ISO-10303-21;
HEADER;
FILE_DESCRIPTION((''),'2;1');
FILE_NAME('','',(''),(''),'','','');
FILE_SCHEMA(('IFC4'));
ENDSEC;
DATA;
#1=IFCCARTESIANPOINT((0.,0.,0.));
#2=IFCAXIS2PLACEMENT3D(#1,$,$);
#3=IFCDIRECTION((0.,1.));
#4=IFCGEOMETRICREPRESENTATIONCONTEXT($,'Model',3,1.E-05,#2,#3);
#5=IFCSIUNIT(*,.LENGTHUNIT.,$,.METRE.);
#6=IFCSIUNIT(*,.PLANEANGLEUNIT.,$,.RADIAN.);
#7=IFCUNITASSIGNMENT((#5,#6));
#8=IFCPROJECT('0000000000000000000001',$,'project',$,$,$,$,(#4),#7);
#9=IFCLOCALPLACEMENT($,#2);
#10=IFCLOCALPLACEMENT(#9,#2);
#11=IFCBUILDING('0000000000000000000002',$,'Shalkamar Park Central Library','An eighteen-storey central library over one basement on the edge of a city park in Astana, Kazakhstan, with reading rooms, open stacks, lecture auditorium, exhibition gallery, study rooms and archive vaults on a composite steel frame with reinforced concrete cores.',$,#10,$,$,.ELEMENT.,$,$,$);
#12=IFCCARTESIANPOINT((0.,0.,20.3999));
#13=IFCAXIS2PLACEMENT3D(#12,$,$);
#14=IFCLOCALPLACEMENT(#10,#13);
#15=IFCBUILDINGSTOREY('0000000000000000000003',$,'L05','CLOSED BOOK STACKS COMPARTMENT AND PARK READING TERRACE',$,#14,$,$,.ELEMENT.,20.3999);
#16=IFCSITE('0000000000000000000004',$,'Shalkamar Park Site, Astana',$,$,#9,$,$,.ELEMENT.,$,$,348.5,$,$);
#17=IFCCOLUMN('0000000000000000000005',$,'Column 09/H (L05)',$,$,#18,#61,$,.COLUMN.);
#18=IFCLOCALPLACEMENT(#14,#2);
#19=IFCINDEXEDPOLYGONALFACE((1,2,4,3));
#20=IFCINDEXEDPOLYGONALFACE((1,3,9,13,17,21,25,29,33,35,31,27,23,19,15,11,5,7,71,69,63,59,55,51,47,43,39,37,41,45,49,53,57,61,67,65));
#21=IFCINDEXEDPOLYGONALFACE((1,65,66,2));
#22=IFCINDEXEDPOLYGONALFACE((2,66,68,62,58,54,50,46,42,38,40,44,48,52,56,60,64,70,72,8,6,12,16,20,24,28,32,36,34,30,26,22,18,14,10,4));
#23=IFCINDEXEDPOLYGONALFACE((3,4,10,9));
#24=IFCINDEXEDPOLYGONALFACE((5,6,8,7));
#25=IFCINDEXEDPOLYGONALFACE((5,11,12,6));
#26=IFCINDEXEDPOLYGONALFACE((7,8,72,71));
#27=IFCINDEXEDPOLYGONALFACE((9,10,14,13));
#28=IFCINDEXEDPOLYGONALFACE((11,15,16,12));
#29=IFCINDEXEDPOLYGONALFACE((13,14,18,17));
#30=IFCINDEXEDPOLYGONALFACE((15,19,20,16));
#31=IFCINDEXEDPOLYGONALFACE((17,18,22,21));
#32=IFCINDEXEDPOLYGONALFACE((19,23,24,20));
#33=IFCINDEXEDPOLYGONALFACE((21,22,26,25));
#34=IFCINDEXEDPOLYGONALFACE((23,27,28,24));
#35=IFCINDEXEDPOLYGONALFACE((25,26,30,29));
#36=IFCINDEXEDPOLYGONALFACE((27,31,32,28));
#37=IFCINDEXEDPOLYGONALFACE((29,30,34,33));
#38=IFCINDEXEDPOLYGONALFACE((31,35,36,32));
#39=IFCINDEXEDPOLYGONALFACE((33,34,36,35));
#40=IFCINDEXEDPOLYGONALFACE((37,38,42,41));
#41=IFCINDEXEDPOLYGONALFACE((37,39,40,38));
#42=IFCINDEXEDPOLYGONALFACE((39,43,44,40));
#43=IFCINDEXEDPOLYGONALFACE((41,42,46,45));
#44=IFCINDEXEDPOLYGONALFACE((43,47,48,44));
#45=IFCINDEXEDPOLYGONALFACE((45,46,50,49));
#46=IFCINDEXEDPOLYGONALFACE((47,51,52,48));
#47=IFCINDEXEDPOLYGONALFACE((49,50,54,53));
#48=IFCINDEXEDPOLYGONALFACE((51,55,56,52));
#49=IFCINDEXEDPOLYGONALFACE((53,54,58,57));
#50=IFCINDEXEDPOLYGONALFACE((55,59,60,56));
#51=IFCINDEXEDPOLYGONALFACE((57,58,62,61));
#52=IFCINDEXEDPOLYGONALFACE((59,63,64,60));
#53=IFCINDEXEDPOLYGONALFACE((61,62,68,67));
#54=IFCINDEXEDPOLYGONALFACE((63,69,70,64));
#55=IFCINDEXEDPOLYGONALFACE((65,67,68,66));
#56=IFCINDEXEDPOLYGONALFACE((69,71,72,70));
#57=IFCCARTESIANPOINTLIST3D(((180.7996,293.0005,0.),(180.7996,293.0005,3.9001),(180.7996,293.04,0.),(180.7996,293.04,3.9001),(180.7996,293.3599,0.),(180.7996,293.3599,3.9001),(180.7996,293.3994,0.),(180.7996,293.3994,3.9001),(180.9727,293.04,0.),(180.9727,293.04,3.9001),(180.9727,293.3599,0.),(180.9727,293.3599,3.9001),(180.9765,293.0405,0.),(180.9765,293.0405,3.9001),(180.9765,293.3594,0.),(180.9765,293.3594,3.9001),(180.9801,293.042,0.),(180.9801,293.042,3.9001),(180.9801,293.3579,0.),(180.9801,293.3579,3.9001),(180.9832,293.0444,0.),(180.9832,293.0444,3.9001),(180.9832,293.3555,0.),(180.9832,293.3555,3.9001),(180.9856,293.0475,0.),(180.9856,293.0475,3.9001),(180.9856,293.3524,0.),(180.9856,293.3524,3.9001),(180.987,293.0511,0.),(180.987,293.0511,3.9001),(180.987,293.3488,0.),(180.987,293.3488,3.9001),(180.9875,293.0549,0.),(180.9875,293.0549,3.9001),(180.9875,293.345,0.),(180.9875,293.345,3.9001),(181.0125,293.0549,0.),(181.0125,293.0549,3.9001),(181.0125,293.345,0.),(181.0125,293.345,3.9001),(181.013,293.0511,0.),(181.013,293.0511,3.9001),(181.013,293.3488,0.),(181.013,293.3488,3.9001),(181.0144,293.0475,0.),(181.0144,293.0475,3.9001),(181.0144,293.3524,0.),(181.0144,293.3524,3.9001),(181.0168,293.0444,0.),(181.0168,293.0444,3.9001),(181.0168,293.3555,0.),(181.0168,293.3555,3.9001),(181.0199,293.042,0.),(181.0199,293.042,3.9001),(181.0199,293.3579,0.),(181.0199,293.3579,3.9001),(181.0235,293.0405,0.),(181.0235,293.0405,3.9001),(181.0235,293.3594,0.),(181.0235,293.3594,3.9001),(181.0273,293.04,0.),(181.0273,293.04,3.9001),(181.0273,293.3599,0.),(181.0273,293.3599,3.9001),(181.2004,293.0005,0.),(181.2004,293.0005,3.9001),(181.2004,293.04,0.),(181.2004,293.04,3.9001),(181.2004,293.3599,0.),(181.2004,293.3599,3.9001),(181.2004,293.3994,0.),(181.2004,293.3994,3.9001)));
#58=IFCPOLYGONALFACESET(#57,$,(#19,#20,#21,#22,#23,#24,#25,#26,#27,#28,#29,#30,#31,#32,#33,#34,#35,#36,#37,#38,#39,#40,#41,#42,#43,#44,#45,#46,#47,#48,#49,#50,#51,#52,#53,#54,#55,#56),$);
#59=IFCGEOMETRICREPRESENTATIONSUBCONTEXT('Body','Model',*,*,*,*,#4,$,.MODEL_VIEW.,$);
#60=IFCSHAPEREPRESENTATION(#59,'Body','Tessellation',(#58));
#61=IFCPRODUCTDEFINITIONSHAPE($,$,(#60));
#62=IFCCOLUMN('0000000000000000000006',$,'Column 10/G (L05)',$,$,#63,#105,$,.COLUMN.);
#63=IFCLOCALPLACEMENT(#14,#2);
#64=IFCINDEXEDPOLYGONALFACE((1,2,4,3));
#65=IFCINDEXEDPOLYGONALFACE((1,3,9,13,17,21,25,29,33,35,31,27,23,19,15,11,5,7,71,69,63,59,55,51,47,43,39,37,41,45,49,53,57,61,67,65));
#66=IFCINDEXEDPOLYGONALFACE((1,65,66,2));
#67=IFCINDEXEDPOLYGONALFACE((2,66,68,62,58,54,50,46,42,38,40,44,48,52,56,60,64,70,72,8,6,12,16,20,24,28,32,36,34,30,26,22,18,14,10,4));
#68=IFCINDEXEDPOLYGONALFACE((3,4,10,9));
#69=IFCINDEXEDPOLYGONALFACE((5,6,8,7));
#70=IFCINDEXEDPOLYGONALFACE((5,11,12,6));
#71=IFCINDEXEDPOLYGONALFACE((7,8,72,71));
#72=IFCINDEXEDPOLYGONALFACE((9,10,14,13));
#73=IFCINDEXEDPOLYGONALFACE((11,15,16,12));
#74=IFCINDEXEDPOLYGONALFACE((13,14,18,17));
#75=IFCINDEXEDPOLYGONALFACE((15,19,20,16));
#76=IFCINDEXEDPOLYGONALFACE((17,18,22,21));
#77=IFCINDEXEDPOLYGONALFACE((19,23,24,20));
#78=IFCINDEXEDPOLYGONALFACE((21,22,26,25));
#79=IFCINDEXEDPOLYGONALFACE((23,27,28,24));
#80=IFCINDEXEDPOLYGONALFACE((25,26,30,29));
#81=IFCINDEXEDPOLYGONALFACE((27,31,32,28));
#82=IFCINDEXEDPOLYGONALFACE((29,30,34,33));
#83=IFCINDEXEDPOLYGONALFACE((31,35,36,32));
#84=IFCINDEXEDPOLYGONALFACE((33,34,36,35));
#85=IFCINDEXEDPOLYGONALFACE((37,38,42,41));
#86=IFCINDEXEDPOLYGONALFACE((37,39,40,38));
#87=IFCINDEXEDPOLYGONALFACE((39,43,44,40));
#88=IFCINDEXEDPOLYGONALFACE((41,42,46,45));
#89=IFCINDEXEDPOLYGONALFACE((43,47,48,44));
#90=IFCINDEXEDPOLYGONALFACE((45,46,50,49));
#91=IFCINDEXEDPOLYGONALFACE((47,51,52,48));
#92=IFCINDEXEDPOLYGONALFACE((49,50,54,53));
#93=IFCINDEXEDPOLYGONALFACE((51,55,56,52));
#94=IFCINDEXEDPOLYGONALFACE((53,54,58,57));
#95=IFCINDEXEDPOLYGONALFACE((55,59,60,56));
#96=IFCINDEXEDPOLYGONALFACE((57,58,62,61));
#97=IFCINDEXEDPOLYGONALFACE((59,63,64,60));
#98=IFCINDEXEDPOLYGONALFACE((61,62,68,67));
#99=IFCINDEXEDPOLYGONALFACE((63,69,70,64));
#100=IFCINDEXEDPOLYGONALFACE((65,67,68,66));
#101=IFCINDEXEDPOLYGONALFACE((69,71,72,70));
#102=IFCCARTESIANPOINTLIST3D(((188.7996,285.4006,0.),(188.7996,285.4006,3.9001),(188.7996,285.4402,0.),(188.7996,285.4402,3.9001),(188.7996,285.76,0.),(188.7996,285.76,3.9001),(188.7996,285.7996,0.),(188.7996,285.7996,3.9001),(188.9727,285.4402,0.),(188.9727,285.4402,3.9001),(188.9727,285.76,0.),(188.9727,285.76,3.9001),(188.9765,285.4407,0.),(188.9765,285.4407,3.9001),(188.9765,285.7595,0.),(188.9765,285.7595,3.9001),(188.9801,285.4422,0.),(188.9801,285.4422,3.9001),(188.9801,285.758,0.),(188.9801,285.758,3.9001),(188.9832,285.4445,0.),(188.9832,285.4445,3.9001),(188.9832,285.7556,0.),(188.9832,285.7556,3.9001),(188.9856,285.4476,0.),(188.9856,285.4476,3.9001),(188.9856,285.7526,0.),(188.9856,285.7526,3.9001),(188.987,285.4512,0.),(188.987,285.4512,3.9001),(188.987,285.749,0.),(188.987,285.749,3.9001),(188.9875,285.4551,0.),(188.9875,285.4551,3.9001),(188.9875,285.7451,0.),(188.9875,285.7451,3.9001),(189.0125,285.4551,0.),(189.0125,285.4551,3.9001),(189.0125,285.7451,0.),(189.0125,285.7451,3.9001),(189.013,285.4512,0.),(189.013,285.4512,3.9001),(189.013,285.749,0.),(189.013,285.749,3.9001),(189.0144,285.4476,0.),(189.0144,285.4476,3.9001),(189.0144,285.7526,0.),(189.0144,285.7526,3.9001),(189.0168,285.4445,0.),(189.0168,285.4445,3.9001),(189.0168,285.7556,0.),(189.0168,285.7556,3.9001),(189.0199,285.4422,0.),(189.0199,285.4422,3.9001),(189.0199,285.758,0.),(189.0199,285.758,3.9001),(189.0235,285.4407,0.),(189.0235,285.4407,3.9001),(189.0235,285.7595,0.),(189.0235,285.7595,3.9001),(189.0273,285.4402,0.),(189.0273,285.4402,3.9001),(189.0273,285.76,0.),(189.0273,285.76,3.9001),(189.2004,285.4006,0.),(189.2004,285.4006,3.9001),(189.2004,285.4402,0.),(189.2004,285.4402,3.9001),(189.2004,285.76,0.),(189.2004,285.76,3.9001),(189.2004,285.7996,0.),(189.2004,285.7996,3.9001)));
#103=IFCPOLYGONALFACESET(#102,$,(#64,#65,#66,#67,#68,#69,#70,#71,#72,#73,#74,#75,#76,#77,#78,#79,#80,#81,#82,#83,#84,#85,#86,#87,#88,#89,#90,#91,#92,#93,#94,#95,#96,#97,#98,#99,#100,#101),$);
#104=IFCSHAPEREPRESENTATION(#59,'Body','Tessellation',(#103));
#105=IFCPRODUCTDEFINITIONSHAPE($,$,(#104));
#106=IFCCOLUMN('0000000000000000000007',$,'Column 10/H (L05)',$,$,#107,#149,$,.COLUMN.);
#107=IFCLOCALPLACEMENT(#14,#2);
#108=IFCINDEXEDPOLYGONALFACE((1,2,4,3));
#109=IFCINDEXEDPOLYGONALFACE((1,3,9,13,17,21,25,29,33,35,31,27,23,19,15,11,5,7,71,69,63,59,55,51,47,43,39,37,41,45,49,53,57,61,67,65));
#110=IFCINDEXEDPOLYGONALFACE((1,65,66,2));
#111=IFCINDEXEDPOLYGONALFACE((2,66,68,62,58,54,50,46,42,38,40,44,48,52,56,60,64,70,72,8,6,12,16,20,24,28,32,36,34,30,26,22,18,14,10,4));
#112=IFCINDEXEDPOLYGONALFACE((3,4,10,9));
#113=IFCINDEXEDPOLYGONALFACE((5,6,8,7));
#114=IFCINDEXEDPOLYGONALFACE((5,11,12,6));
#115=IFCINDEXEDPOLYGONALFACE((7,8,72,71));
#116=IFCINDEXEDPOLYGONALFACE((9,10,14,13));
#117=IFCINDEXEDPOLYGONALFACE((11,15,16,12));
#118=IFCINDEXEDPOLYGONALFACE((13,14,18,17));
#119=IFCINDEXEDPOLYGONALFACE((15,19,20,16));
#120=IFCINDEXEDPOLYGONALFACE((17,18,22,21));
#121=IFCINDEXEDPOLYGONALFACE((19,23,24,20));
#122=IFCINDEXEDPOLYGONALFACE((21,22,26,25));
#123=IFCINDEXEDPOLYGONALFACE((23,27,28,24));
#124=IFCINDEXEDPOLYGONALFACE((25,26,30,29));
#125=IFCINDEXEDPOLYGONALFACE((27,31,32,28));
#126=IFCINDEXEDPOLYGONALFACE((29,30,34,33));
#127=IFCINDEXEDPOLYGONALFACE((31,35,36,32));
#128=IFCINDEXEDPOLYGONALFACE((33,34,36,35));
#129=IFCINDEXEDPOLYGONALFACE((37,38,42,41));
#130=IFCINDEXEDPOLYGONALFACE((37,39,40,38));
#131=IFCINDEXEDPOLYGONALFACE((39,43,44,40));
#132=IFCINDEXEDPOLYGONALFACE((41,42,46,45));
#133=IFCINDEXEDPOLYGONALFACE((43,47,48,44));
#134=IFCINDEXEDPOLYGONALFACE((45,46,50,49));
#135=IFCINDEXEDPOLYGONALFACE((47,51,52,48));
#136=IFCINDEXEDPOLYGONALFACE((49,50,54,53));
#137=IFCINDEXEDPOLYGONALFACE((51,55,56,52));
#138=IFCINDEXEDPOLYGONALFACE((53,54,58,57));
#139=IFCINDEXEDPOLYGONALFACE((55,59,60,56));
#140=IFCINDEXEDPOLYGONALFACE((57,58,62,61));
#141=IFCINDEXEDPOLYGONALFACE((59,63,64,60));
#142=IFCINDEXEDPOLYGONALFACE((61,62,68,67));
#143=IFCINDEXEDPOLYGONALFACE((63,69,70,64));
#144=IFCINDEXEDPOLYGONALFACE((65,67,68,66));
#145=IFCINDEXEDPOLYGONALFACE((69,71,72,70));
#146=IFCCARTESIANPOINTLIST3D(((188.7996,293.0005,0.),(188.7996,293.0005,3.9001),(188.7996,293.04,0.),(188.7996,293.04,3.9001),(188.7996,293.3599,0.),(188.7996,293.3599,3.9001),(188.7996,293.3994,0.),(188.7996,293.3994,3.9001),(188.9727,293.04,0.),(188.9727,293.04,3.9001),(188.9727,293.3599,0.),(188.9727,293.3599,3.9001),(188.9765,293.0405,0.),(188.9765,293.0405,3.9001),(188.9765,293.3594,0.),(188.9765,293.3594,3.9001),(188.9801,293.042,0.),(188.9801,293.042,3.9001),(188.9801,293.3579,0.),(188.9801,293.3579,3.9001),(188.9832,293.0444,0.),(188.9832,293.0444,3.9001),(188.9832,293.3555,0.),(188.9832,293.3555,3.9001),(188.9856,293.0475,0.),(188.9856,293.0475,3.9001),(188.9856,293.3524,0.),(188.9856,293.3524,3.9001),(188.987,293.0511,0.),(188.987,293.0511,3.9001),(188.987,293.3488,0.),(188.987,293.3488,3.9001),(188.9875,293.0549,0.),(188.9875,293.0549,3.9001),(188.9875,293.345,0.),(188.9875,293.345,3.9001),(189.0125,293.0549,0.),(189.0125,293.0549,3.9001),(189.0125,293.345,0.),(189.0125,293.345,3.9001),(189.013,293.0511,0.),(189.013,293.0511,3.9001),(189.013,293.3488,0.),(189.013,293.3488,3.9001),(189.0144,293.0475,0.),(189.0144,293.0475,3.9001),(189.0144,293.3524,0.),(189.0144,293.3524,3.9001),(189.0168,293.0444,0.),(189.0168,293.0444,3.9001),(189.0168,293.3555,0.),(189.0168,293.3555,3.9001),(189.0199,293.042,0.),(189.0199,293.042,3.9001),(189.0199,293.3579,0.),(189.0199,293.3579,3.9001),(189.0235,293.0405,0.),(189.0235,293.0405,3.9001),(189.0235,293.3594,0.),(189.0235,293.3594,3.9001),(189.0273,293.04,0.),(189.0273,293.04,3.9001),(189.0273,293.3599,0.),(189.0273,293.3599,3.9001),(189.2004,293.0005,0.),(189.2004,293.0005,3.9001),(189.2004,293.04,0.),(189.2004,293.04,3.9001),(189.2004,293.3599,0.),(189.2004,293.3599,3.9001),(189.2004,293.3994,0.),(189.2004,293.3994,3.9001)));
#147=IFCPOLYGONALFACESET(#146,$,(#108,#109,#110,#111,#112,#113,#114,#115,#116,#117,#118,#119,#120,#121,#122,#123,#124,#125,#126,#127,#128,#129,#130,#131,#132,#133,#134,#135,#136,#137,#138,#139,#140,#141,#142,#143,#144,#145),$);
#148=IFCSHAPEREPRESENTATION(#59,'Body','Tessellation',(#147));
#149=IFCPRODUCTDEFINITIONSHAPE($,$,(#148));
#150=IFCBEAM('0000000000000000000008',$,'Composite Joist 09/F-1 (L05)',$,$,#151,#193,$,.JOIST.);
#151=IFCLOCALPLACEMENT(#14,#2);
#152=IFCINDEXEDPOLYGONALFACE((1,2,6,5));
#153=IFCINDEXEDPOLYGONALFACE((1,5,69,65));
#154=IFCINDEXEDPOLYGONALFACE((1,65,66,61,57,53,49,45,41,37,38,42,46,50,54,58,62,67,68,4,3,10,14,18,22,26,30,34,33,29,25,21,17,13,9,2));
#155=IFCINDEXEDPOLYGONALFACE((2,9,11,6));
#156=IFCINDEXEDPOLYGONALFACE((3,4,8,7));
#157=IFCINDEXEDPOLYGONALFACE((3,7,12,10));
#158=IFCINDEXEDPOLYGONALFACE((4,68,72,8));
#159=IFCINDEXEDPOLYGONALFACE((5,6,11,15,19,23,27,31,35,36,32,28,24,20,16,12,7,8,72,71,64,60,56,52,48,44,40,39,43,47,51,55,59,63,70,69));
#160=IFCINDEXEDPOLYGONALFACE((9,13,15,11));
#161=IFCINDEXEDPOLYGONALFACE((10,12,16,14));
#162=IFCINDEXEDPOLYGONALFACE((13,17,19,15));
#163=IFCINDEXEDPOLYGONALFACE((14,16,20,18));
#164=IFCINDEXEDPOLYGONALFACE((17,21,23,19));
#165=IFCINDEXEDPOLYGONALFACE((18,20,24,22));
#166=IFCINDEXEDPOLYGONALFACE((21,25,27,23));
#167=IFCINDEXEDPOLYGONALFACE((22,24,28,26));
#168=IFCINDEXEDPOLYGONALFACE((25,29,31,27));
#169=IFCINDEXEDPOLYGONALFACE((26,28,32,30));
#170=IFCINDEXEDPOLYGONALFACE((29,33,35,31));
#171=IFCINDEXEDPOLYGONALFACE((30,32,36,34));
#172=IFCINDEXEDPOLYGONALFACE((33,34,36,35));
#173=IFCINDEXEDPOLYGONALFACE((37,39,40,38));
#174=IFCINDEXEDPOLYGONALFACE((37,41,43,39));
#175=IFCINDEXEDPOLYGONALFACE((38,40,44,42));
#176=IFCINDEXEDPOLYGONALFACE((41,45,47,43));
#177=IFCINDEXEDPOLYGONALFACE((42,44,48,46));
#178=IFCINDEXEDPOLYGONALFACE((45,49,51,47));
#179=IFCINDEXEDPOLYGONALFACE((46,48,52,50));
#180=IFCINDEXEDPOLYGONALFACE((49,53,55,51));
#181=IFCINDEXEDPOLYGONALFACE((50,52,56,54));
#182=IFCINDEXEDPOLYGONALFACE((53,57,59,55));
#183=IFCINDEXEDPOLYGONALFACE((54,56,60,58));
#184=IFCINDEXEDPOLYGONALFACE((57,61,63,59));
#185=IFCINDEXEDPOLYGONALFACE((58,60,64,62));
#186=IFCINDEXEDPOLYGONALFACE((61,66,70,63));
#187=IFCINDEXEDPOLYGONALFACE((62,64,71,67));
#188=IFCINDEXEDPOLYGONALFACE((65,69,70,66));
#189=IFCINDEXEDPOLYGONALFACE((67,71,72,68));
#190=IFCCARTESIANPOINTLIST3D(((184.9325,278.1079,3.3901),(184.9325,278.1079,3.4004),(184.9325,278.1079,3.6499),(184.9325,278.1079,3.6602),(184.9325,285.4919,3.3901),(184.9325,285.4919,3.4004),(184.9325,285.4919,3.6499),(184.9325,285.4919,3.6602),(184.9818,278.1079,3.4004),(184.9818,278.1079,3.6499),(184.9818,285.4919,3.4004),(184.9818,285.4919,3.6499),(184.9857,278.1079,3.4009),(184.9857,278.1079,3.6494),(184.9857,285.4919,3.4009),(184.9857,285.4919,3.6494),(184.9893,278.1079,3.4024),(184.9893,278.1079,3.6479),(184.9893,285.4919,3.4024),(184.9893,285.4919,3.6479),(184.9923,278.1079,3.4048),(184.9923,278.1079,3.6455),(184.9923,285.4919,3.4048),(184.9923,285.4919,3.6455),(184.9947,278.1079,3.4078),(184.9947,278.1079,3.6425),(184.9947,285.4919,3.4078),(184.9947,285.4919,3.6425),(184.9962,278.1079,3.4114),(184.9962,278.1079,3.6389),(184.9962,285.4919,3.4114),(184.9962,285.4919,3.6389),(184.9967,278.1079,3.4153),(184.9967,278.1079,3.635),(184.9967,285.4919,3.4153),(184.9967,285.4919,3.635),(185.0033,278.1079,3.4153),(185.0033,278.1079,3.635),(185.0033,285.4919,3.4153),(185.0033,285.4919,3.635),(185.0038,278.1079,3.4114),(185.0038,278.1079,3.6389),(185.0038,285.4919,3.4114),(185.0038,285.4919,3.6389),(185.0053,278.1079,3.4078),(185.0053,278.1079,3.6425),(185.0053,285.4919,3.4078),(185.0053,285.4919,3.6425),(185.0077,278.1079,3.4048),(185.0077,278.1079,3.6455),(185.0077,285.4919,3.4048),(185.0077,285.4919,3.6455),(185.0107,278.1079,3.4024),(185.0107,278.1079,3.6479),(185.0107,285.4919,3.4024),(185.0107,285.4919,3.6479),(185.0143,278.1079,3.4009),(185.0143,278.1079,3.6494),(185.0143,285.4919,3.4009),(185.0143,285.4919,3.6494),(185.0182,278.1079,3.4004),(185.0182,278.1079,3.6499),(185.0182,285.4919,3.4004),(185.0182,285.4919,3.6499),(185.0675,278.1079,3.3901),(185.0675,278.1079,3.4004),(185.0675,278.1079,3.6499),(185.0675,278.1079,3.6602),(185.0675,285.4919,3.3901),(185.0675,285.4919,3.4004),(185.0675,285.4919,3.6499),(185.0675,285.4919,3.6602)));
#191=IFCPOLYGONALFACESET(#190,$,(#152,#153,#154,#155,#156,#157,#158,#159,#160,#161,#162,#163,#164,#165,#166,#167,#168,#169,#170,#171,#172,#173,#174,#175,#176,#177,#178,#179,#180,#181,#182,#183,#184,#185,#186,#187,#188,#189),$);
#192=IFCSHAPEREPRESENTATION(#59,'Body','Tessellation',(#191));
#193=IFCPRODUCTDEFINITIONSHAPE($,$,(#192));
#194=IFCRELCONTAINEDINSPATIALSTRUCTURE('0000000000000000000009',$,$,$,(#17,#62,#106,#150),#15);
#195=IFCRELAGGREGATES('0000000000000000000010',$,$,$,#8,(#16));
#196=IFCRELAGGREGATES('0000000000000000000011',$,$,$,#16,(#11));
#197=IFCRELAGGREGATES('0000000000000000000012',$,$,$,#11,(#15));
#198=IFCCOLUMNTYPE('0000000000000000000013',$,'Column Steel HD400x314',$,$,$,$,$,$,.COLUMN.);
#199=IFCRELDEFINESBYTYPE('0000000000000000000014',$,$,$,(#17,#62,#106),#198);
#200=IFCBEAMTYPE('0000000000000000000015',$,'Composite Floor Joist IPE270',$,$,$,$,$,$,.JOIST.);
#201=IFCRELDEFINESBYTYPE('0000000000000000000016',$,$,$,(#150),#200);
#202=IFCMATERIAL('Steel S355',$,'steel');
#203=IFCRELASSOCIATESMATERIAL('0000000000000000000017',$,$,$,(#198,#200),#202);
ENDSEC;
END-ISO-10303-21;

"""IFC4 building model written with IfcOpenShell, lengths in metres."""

from ifc_helpers import new_model, si_unit, direction, frame, origin, origin_2d, place, context, subcontext, project, spatial, i_section, extrude, material, material_profile, profile_set, type_object, element, save


model = new_model("IFC4")

# Units and contexts
model_context = context("Model", 3, precision=1e-05, world=origin(), true_north=direction((0.0, 1.0)))
body_context = subcontext(model_context, "Body", "Model", "MODEL_VIEW")
ifc_project = project(units=[si_unit("LENGTHUNIT", "METRE"), si_unit("PLANEANGLEUNIT", "RADIAN")], contexts=[model_context])

# Site, building, storey
site_placement = place(None, origin())
site = spatial("IfcSite", under=ifc_project, at=site_placement, Name="Shalkamar Park Site, Astana", CompositionType="ELEMENT", RefElevation=348.5)
building_placement = place(site_placement, origin())
building = spatial("IfcBuilding", under=site, at=building_placement, Name="Shalkamar Park Central Library", Description="An eighteen-storey central library over one basement on the edge of a city park in Astana, Kazakhstan, with reading rooms, open stacks, lecture auditorium, exhibition gallery, study rooms and archive vaults on a composite steel frame with reinforced concrete cores.", CompositionType="ELEMENT")
storey_placement = place(building_placement, frame((0.0, 0.0, 20.3999)))
storey = spatial("IfcBuildingStorey", under=building, at=storey_placement, Name="L05", Description="CLOSED BOOK STACKS COMPARTMENT AND PARK READING TERRACE", CompositionType="ELEMENT", Elevation=20.3999)

# Columns
ifc_material_1 = material(Name="Steel S355", Category="steel")
ifc_material_profile_1 = material_profile(ifc_material_1, i_section(OverallWidth=0.4009, OverallDepth=0.3989, WebThickness=0.0249, FlangeThickness=0.0396, FilletRadius=0.0149, at=origin_2d()), Name="HD 400x314")
ifc_profile_set_1 = profile_set([ifc_material_profile_1], Name="Steel S355")
column_type = type_object("IfcColumnType", Name="Column Steel HD400x314", PredefinedType="COLUMN", material=ifc_profile_set_1)
for number, where, z_axis, x_axis, name in (
    (1, (181.0, 293.2, 0.0), (0.0, 0.0, 1.0), (1.0, 0.0, 0.0), "Column 09/H (L05)"),
    (2, (189.0, 285.6001, 0.0), (0.0, 0.0, 1.0), (1.0, 0.0, 0.0), "Column 10/G (L05)"),
    (3, (189.0, 293.2, 0.0), (0.0, 0.0, 1.0), (1.0, 0.0, 0.0), "Column 10/H (L05)"),
):
    element("IfcColumn", number, at=place(storey_placement, frame(where, z_axis=z_axis, x_axis=x_axis)), inside=storey, type_object=column_type, Name=name, PredefinedType="COLUMN", context=body_context, shape_type="SweptSolid", body=[
        extrude(i_section(OverallWidth=0.4009, OverallDepth=0.3989, WebThickness=0.0249, FlangeThickness=0.0396, FilletRadius=0.0149, at=origin_2d()), origin(), (0.0, 0.0, 1.0), 3.9001),
    ])

# Beam
ifc_material_profile_2 = material_profile(ifc_material_1, i_section(OverallWidth=0.135, OverallDepth=0.27, WebThickness=0.0066, FlangeThickness=0.0103, FilletRadius=0.0149, at=origin_2d()), Name="IPE 270")
ifc_profile_set_2 = profile_set([ifc_material_profile_2], Name="Steel S355")
beam_type_1 = type_object("IfcBeamType", Name="Composite Floor Joist IPE270", PredefinedType="JOIST", material=ifc_profile_set_2)
beam_1_placement = place(storey_placement, frame((185.0, 278.1079, 3.5251), z_axis=(0.0, 1.0, 0.0), x_axis=(-1.0, 0.0, 0.0)))
element("IfcBeam", 4, at=beam_1_placement, inside=storey, type_object=beam_type_1, Name="Composite Joist 09/F-1 (L05)", PredefinedType="JOIST", context=body_context, shape_type="SweptSolid", body=[
    extrude(i_section(OverallWidth=0.135, OverallDepth=0.27, WebThickness=0.0066, FlangeThickness=0.0103, FilletRadius=0.0149, at=origin_2d()), origin(), (0.0, 0.0, 1.0), 7.384),
])

save(model, "model.ifc")
